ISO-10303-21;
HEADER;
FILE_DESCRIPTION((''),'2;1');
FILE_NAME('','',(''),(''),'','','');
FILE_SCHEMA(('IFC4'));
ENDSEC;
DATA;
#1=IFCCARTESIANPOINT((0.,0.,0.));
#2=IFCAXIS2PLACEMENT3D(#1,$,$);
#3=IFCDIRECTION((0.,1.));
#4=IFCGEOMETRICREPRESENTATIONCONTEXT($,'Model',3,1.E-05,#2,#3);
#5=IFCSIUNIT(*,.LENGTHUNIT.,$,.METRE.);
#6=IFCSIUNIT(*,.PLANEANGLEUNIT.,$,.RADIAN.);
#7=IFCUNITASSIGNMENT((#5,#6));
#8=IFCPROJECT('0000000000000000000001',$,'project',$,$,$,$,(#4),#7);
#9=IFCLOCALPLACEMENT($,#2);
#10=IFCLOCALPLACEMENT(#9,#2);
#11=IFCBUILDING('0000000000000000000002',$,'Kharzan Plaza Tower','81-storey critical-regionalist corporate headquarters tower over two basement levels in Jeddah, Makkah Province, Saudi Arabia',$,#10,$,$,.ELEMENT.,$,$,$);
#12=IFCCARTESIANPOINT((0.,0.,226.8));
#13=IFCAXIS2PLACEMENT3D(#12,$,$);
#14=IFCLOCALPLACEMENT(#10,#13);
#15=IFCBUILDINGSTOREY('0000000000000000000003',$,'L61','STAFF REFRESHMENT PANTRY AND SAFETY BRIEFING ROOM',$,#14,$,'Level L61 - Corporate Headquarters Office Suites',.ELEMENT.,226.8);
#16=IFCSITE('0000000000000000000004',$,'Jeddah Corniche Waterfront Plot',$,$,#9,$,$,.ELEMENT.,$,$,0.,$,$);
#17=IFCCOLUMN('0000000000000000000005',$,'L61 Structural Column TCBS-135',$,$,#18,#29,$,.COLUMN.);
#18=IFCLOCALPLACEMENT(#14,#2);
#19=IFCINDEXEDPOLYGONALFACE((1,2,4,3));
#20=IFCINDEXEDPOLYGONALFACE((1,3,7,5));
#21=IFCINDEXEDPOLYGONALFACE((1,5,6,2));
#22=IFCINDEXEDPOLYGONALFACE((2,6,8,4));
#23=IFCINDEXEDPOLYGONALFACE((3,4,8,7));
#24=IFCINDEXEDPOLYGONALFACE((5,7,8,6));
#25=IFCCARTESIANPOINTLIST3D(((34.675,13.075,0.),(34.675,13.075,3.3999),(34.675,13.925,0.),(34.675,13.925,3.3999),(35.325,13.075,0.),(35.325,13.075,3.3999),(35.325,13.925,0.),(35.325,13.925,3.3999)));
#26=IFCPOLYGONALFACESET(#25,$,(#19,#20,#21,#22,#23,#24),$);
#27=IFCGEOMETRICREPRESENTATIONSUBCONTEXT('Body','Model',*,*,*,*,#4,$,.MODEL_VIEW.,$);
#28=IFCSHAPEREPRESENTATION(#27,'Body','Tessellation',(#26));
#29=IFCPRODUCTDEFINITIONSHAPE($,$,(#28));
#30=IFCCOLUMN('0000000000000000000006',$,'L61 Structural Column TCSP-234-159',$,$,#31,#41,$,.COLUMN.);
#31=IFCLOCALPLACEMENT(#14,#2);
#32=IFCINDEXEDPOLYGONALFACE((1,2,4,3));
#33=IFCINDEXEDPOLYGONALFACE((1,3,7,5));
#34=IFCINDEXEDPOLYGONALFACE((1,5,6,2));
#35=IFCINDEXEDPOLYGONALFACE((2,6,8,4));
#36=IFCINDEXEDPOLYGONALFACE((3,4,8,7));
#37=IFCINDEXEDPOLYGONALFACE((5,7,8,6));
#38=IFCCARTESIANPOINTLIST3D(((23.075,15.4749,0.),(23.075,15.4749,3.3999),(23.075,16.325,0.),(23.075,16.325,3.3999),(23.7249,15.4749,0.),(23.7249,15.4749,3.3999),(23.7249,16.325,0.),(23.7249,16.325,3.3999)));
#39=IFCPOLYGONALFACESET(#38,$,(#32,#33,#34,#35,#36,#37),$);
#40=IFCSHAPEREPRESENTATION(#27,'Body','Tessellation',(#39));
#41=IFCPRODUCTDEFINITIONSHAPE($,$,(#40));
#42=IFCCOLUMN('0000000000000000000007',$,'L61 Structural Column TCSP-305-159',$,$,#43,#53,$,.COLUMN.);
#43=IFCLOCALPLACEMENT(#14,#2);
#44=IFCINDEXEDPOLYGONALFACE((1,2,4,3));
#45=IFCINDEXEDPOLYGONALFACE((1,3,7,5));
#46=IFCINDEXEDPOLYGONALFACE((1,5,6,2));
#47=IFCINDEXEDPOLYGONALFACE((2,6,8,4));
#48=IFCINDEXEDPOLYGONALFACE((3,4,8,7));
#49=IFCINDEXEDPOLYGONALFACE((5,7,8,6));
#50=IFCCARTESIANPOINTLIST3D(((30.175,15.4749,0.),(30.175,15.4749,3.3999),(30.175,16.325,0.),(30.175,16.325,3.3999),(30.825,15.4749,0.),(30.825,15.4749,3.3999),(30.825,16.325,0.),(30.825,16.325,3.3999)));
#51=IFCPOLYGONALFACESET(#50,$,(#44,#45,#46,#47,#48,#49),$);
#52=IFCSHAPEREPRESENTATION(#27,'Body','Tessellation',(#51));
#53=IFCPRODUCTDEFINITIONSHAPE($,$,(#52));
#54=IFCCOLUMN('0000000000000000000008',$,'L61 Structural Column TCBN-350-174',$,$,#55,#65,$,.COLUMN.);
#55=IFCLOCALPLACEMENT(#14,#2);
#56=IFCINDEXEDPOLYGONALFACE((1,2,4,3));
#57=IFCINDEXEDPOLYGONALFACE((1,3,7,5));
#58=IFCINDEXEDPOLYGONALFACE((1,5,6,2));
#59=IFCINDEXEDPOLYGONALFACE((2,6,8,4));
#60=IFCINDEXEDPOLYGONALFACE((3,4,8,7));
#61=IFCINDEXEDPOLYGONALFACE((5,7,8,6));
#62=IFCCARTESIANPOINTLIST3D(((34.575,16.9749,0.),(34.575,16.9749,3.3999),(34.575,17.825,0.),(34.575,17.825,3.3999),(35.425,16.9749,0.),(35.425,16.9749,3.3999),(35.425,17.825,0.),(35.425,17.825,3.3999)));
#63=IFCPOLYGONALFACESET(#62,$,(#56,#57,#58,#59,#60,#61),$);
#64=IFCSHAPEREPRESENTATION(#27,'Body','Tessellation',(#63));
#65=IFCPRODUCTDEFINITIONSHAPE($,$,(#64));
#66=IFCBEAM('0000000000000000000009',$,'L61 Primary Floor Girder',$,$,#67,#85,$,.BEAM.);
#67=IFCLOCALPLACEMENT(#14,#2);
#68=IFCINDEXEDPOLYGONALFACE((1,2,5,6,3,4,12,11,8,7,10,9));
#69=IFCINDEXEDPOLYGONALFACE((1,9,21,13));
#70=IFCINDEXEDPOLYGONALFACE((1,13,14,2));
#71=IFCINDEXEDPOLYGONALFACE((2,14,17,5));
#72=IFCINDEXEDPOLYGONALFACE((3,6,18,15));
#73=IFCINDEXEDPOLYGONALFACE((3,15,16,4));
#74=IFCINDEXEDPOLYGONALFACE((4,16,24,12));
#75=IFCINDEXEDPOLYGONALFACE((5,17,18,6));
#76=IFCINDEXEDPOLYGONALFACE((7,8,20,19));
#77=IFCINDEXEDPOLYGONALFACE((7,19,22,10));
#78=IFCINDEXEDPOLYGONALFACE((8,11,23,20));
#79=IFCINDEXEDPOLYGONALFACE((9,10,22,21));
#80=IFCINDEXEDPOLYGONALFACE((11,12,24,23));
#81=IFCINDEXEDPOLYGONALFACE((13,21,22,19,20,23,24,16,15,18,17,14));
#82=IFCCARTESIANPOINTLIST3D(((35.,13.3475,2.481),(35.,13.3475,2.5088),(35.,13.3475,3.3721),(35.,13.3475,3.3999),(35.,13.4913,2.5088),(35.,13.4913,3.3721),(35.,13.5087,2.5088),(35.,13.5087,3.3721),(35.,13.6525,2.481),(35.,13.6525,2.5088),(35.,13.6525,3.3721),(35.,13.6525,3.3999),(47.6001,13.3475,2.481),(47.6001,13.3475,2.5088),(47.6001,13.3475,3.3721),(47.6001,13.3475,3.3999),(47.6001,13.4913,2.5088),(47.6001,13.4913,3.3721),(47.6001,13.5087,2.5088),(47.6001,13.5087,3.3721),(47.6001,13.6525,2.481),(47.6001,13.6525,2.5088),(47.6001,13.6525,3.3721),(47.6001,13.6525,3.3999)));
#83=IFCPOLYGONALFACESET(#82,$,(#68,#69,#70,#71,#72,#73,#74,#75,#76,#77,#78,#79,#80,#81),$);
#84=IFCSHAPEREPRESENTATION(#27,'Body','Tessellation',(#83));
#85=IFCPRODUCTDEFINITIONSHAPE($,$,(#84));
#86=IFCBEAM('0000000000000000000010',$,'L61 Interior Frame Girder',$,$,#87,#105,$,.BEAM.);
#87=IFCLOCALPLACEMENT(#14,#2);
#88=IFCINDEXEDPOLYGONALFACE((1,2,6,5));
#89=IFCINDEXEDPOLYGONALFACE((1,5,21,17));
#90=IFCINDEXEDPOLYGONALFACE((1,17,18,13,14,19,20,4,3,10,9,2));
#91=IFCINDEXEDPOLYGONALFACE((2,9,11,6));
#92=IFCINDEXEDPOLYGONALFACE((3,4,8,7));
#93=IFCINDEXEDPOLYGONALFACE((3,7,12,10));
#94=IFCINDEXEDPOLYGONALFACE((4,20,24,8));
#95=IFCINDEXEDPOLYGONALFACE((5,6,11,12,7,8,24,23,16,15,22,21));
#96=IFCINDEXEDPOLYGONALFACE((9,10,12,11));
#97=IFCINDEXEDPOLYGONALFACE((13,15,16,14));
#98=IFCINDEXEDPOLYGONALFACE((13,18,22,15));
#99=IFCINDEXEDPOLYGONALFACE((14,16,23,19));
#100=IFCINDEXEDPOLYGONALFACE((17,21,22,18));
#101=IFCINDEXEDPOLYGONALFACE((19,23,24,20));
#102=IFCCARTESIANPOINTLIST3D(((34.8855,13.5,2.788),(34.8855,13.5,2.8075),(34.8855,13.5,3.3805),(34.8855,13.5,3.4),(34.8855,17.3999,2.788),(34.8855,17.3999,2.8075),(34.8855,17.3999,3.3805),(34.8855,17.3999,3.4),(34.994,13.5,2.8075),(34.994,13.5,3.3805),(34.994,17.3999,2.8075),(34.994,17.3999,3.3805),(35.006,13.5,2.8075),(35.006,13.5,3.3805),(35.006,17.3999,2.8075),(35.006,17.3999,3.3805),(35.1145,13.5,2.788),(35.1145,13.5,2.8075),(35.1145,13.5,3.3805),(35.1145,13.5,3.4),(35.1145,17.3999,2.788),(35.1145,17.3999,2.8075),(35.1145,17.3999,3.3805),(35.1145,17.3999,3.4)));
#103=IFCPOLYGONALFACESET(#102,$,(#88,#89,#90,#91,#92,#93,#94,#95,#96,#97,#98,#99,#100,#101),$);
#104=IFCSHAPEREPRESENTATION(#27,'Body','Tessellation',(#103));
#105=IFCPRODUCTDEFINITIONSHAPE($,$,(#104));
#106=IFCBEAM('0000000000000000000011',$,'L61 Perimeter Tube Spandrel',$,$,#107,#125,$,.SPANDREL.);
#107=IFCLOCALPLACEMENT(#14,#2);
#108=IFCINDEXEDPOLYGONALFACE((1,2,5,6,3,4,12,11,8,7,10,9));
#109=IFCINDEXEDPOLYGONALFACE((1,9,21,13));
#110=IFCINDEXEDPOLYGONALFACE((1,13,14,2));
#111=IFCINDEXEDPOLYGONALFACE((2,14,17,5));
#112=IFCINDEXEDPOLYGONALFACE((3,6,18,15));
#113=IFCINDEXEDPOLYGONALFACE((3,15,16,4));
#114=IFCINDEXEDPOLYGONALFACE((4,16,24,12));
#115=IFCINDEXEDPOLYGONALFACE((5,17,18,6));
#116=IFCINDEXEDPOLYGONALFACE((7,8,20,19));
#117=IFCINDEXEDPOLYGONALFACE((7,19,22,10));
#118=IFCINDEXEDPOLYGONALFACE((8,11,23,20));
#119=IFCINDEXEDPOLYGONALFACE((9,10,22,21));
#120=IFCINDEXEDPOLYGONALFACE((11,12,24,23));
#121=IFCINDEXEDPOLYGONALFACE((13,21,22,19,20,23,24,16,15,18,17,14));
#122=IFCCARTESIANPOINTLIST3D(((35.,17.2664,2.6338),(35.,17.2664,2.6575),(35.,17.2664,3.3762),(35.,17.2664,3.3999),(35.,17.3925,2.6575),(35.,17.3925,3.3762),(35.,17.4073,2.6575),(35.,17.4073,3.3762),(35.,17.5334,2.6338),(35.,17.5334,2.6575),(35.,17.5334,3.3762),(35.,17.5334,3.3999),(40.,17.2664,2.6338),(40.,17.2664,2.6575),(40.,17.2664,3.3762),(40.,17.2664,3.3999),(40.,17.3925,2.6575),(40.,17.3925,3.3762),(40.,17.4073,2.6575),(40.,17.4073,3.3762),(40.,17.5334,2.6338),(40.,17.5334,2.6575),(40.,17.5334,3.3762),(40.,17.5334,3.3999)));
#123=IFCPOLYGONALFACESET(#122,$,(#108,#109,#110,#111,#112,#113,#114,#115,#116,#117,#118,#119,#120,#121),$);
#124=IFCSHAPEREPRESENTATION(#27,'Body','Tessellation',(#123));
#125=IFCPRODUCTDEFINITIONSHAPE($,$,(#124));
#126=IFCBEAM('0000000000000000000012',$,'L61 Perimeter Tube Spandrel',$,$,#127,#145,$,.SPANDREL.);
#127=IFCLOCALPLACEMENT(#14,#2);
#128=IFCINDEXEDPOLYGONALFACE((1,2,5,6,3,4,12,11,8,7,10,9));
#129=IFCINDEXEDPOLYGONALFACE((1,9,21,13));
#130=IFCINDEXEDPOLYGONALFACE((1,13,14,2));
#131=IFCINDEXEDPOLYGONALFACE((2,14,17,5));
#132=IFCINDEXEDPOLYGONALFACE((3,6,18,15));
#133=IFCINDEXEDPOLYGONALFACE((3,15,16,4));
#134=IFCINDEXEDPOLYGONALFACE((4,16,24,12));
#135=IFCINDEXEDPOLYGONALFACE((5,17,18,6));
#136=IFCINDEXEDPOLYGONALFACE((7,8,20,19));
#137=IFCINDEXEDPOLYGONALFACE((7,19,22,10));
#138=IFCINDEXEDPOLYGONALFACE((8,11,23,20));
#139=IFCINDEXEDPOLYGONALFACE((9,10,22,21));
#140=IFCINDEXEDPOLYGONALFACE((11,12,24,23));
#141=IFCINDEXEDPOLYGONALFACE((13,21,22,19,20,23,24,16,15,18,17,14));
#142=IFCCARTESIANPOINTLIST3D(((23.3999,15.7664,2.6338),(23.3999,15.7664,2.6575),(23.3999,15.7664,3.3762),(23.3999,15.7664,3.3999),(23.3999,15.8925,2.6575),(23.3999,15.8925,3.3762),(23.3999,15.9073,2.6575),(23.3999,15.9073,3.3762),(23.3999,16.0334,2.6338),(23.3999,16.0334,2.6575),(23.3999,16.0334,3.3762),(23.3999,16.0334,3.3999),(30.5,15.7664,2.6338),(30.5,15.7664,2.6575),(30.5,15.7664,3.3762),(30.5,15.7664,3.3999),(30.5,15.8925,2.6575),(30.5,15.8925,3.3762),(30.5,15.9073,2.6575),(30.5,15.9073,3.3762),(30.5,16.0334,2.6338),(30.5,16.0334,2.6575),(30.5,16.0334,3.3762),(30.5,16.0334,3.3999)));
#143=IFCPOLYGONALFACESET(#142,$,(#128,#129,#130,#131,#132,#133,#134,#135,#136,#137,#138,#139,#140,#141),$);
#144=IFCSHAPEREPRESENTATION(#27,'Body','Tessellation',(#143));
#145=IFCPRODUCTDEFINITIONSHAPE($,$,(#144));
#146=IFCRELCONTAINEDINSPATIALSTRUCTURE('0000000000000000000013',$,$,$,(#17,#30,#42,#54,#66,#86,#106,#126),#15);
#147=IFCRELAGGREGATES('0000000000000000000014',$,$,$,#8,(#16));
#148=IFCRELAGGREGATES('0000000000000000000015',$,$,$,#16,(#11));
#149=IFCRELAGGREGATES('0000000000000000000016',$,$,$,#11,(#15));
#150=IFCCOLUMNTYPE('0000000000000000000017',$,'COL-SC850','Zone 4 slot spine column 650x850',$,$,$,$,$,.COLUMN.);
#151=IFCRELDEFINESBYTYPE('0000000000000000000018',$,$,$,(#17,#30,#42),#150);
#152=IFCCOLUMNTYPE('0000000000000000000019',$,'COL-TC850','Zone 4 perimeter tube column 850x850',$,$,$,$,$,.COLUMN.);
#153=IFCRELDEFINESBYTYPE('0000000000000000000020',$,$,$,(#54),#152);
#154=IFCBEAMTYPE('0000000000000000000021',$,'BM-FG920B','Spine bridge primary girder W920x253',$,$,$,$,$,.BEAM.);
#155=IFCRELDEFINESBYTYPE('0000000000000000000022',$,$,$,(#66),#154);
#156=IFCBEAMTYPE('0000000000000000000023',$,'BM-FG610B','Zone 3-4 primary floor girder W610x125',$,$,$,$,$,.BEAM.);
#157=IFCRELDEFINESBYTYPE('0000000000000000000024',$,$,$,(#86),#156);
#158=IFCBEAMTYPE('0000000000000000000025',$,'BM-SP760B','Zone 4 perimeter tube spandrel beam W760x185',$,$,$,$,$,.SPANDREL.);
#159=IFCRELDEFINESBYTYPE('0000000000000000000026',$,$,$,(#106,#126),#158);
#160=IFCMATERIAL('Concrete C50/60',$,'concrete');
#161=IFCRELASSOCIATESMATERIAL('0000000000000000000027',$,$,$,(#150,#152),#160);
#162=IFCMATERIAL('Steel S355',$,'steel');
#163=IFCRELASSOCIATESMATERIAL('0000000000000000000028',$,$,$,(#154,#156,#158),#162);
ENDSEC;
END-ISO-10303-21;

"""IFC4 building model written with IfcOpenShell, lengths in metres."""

from ifc_helpers import new_model, si_unit, direction, frame, origin, origin_2d, place, context, subcontext, project, spatial, rectangle, i_section, extrude, source, transform, mapped, material, material_profile, profile_set, type_object, element, save


model = new_model("IFC4")

# Units and contexts
model_context = context("Model", 3, precision=1e-05, world=origin(), true_north=direction((0.0, 1.0)))
body_context = subcontext(model_context, "Body", "Model", "MODEL_VIEW")
ifc_project = project(units=[si_unit("LENGTHUNIT", "METRE"), si_unit("PLANEANGLEUNIT", "RADIAN")], contexts=[model_context])

# Site, building, storey
site_placement = place(None, origin())
site = spatial("IfcSite", under=ifc_project, at=site_placement, Name="Jeddah Corniche Waterfront Plot", CompositionType="ELEMENT", RefElevation=0.0)
building_placement = place(site_placement, origin())
building = spatial("IfcBuilding", under=site, at=building_placement, Name="Kharzan Plaza Tower", Description="81-storey critical-regionalist corporate headquarters tower over two basement levels in Jeddah, Makkah Province, Saudi Arabia", CompositionType="ELEMENT")
storey_placement = place(building_placement, frame((0.0, 0.0, 226.8)))
storey = spatial("IfcBuildingStorey", under=building, at=storey_placement, Name="L61", Description="STAFF REFRESHMENT PANTRY AND SAFETY BRIEFING ROOM", LongName="Level L61 - Corporate Headquarters Office Suites", CompositionType="ELEMENT", Elevation=226.8)

# Columns
ifc_material_1 = material(Name="Concrete C50/60", Category="concrete")
ifc_material_profile_1 = material_profile(ifc_material_1, rectangle(XDim=0.6499, YDim=0.8501, at=origin_2d()), Name="RC-SC850x650")
ifc_profile_set_1 = profile_set([ifc_material_profile_1], Name="Concrete C50/60")
column_type_1 = type_object("IfcColumnType", Name="COL-SC850", Description="Zone 4 slot spine column 650x850", PredefinedType="COLUMN", material=ifc_profile_set_1)
shared_shape_1 = source(origin(), body_context, "Body", "SweptSolid", [
    extrude(rectangle(XDim=0.6499, YDim=0.8501, at=origin_2d()), origin(), (0.0, 0.0, 1.0), 3.3999),
])
for number, where, z_axis, x_axis, name in (
    (1, (35.0, 13.5, 0.0), (0.0, 0.0, 1.0), (1.0, 0.0, 0.0), "L61 Structural Column TCBS-135"),
    (2, (23.3999, 15.8999, 0.0), (0.0, 0.0, 1.0), (1.0, 0.0, 0.0), "L61 Structural Column TCSP-234-159"),
    (3, (30.5, 15.8999, 0.0), (0.0, 0.0, 1.0), (1.0, 0.0, 0.0), "L61 Structural Column TCSP-305-159"),
):
    element("IfcColumn", number, at=place(storey_placement, frame(where, z_axis=z_axis, x_axis=x_axis)), inside=storey, type_object=column_type_1, Name=name, PredefinedType="COLUMN", context=body_context, shape_type="MappedRepresentation", body=[
        mapped(shared_shape_1, transform((0.0, 0.0, 0.0), x_axis=(1.0, 0.0, 0.0), y_axis=(0.0, 1.0, 0.0), z_axis=(0.0, 0.0, 1.0))),
    ])
ifc_material_profile_2 = material_profile(ifc_material_1, rectangle(XDim=0.8501, YDim=0.8501, at=origin_2d()), Name="RC-TC850x850")
ifc_profile_set_2 = profile_set([ifc_material_profile_2], Name="Concrete C50/60")
column_type_2 = type_object("IfcColumnType", Name="COL-TC850", Description="Zone 4 perimeter tube column 850x850", PredefinedType="COLUMN", material=ifc_profile_set_2)
shared_shape_2 = source(origin(), body_context, "Body", "SweptSolid", [
    extrude(rectangle(XDim=0.8501, YDim=0.8501, at=origin_2d()), origin(), (0.0, 0.0, 1.0), 3.3999),
])
column_placement = place(storey_placement, frame((35.0, 17.3999, 0.0), z_axis=(0.0, 0.0, 1.0), x_axis=(1.0, 0.0, 0.0)))
element("IfcColumn", 4, at=column_placement, inside=storey, type_object=column_type_2, Name="L61 Structural Column TCBN-350-174", PredefinedType="COLUMN", context=body_context, shape_type="MappedRepresentation", body=[
    mapped(shared_shape_2, transform((0.0, 0.0, 0.0), x_axis=(1.0, 0.0, 0.0), y_axis=(0.0, 1.0, 0.0), z_axis=(0.0, 0.0, 1.0))),
])

# Beams
ifc_material_2 = material(Name="Steel S355", Category="steel")
ifc_material_profile_3 = material_profile(ifc_material_2, i_section(OverallWidth=0.3049, OverallDepth=0.9189, WebThickness=0.0173, FlangeThickness=0.0278, at=origin_2d()), Name="W920x253")
ifc_profile_set_3 = profile_set([ifc_material_profile_3], Name="Steel S355")
beam_type_1 = type_object("IfcBeamType", Name="BM-FG920B", Description="Spine bridge primary girder W920x253", PredefinedType="BEAM", material=ifc_profile_set_3)
shared_shape_3 = source(origin(), body_context, "Body", "SweptSolid", [
    extrude(i_section(OverallWidth=0.3049, OverallDepth=0.9189, WebThickness=0.0173, FlangeThickness=0.0278, at=origin_2d()), origin(), (0.0, 0.0, 1.0), 12.6001),
])
beam_1_placement = place(storey_placement, frame((35.0, 13.5, 2.9404), z_axis=(1.0, 0.0, 0.0), x_axis=(0.0, 1.0, 0.0)))
element("IfcBeam", 5, at=beam_1_placement, inside=storey, type_object=beam_type_1, Name="L61 Primary Floor Girder", PredefinedType="BEAM", context=body_context, shape_type="MappedRepresentation", body=[
    mapped(shared_shape_3, transform((0.0, 0.0, 0.0), x_axis=(1.0, 0.0, 0.0), y_axis=(0.0, 1.0, 0.0), z_axis=(0.0, 0.0, 1.0))),
])
ifc_material_profile_4 = material_profile(ifc_material_2, i_section(OverallWidth=0.229, OverallDepth=0.6121, WebThickness=0.012, FlangeThickness=0.0195, at=origin_2d()), Name="W610x125")
ifc_profile_set_4 = profile_set([ifc_material_profile_4], Name="Steel S355")
beam_type_2 = type_object("IfcBeamType", Name="BM-FG610B", Description="Zone 3-4 primary floor girder W610x125", PredefinedType="BEAM", material=ifc_profile_set_4)
shared_shape_4 = source(origin(), body_context, "Body", "SweptSolid", [
    extrude(i_section(OverallWidth=0.229, OverallDepth=0.6121, WebThickness=0.012, FlangeThickness=0.0195, at=origin_2d()), origin(), (0.0, 0.0, 1.0), 3.8999),
])
beam_2_placement = place(storey_placement, frame((35.0, 13.5, 3.094), z_axis=(0.0, 1.0, 0.0), x_axis=(-1.0, 0.0, 0.0)))
element("IfcBeam", 6, at=beam_2_placement, inside=storey, type_object=beam_type_2, Name="L61 Interior Frame Girder", PredefinedType="BEAM", context=body_context, shape_type="MappedRepresentation", body=[
    mapped(shared_shape_4, transform((0.0, 0.0, 0.0), x_axis=(1.0, 0.0, 0.0), y_axis=(0.0, 1.0, 0.0), z_axis=(0.0, 0.0, 1.0))),
])
ifc_material_profile_5 = material_profile(ifc_material_2, i_section(OverallWidth=0.2671, OverallDepth=0.7661, WebThickness=0.0149, FlangeThickness=0.0237, at=origin_2d()), Name="W760x185")
ifc_profile_set_5 = profile_set([ifc_material_profile_5], Name="Steel S355")
beam_type_3 = type_object("IfcBeamType", Name="BM-SP760B", Description="Zone 4 perimeter tube spandrel beam W760x185", PredefinedType="SPANDREL", material=ifc_profile_set_5)
shared_shape_5 = source(origin(), body_context, "Body", "SweptSolid", [
    extrude(i_section(OverallWidth=0.2671, OverallDepth=0.7661, WebThickness=0.0149, FlangeThickness=0.0237, at=origin_2d()), origin(), (0.0, 0.0, 1.0), 5.0),
])
beam_3_placement = place(storey_placement, frame((35.0, 17.3999, 3.0168), z_axis=(1.0, 0.0, 0.0), x_axis=(0.0, 1.0, 0.0)))
element("IfcBeam", 7, at=beam_3_placement, inside=storey, type_object=beam_type_3, Name="L61 Perimeter Tube Spandrel", PredefinedType="SPANDREL", context=body_context, shape_type="MappedRepresentation", body=[
    mapped(shared_shape_5, transform((0.0, 0.0, 0.0), x_axis=(1.0, 0.0, 0.0), y_axis=(0.0, 1.0, 0.0), z_axis=(0.0, 0.0, 1.0))),
])
shared_shape_6 = source(origin(), body_context, "Body", "SweptSolid", [
    extrude(i_section(OverallWidth=0.2671, OverallDepth=0.7661, WebThickness=0.0149, FlangeThickness=0.0237, at=origin_2d()), origin(), (0.0, 0.0, 1.0), 7.1001),
])
beam_4_placement = place(storey_placement, frame((23.3999, 15.8999, 3.0168), z_axis=(1.0, 0.0, 0.0), x_axis=(0.0, 1.0, 0.0)))
element("IfcBeam", 8, at=beam_4_placement, inside=storey, type_object=beam_type_3, Name="L61 Perimeter Tube Spandrel", PredefinedType="SPANDREL", context=body_context, shape_type="MappedRepresentation", body=[
    mapped(shared_shape_6, transform((0.0, 0.0, 0.0), x_axis=(1.0, 0.0, 0.0), y_axis=(0.0, 1.0, 0.0), z_axis=(0.0, 0.0, 1.0))),
])

save(model, "model.ifc")
